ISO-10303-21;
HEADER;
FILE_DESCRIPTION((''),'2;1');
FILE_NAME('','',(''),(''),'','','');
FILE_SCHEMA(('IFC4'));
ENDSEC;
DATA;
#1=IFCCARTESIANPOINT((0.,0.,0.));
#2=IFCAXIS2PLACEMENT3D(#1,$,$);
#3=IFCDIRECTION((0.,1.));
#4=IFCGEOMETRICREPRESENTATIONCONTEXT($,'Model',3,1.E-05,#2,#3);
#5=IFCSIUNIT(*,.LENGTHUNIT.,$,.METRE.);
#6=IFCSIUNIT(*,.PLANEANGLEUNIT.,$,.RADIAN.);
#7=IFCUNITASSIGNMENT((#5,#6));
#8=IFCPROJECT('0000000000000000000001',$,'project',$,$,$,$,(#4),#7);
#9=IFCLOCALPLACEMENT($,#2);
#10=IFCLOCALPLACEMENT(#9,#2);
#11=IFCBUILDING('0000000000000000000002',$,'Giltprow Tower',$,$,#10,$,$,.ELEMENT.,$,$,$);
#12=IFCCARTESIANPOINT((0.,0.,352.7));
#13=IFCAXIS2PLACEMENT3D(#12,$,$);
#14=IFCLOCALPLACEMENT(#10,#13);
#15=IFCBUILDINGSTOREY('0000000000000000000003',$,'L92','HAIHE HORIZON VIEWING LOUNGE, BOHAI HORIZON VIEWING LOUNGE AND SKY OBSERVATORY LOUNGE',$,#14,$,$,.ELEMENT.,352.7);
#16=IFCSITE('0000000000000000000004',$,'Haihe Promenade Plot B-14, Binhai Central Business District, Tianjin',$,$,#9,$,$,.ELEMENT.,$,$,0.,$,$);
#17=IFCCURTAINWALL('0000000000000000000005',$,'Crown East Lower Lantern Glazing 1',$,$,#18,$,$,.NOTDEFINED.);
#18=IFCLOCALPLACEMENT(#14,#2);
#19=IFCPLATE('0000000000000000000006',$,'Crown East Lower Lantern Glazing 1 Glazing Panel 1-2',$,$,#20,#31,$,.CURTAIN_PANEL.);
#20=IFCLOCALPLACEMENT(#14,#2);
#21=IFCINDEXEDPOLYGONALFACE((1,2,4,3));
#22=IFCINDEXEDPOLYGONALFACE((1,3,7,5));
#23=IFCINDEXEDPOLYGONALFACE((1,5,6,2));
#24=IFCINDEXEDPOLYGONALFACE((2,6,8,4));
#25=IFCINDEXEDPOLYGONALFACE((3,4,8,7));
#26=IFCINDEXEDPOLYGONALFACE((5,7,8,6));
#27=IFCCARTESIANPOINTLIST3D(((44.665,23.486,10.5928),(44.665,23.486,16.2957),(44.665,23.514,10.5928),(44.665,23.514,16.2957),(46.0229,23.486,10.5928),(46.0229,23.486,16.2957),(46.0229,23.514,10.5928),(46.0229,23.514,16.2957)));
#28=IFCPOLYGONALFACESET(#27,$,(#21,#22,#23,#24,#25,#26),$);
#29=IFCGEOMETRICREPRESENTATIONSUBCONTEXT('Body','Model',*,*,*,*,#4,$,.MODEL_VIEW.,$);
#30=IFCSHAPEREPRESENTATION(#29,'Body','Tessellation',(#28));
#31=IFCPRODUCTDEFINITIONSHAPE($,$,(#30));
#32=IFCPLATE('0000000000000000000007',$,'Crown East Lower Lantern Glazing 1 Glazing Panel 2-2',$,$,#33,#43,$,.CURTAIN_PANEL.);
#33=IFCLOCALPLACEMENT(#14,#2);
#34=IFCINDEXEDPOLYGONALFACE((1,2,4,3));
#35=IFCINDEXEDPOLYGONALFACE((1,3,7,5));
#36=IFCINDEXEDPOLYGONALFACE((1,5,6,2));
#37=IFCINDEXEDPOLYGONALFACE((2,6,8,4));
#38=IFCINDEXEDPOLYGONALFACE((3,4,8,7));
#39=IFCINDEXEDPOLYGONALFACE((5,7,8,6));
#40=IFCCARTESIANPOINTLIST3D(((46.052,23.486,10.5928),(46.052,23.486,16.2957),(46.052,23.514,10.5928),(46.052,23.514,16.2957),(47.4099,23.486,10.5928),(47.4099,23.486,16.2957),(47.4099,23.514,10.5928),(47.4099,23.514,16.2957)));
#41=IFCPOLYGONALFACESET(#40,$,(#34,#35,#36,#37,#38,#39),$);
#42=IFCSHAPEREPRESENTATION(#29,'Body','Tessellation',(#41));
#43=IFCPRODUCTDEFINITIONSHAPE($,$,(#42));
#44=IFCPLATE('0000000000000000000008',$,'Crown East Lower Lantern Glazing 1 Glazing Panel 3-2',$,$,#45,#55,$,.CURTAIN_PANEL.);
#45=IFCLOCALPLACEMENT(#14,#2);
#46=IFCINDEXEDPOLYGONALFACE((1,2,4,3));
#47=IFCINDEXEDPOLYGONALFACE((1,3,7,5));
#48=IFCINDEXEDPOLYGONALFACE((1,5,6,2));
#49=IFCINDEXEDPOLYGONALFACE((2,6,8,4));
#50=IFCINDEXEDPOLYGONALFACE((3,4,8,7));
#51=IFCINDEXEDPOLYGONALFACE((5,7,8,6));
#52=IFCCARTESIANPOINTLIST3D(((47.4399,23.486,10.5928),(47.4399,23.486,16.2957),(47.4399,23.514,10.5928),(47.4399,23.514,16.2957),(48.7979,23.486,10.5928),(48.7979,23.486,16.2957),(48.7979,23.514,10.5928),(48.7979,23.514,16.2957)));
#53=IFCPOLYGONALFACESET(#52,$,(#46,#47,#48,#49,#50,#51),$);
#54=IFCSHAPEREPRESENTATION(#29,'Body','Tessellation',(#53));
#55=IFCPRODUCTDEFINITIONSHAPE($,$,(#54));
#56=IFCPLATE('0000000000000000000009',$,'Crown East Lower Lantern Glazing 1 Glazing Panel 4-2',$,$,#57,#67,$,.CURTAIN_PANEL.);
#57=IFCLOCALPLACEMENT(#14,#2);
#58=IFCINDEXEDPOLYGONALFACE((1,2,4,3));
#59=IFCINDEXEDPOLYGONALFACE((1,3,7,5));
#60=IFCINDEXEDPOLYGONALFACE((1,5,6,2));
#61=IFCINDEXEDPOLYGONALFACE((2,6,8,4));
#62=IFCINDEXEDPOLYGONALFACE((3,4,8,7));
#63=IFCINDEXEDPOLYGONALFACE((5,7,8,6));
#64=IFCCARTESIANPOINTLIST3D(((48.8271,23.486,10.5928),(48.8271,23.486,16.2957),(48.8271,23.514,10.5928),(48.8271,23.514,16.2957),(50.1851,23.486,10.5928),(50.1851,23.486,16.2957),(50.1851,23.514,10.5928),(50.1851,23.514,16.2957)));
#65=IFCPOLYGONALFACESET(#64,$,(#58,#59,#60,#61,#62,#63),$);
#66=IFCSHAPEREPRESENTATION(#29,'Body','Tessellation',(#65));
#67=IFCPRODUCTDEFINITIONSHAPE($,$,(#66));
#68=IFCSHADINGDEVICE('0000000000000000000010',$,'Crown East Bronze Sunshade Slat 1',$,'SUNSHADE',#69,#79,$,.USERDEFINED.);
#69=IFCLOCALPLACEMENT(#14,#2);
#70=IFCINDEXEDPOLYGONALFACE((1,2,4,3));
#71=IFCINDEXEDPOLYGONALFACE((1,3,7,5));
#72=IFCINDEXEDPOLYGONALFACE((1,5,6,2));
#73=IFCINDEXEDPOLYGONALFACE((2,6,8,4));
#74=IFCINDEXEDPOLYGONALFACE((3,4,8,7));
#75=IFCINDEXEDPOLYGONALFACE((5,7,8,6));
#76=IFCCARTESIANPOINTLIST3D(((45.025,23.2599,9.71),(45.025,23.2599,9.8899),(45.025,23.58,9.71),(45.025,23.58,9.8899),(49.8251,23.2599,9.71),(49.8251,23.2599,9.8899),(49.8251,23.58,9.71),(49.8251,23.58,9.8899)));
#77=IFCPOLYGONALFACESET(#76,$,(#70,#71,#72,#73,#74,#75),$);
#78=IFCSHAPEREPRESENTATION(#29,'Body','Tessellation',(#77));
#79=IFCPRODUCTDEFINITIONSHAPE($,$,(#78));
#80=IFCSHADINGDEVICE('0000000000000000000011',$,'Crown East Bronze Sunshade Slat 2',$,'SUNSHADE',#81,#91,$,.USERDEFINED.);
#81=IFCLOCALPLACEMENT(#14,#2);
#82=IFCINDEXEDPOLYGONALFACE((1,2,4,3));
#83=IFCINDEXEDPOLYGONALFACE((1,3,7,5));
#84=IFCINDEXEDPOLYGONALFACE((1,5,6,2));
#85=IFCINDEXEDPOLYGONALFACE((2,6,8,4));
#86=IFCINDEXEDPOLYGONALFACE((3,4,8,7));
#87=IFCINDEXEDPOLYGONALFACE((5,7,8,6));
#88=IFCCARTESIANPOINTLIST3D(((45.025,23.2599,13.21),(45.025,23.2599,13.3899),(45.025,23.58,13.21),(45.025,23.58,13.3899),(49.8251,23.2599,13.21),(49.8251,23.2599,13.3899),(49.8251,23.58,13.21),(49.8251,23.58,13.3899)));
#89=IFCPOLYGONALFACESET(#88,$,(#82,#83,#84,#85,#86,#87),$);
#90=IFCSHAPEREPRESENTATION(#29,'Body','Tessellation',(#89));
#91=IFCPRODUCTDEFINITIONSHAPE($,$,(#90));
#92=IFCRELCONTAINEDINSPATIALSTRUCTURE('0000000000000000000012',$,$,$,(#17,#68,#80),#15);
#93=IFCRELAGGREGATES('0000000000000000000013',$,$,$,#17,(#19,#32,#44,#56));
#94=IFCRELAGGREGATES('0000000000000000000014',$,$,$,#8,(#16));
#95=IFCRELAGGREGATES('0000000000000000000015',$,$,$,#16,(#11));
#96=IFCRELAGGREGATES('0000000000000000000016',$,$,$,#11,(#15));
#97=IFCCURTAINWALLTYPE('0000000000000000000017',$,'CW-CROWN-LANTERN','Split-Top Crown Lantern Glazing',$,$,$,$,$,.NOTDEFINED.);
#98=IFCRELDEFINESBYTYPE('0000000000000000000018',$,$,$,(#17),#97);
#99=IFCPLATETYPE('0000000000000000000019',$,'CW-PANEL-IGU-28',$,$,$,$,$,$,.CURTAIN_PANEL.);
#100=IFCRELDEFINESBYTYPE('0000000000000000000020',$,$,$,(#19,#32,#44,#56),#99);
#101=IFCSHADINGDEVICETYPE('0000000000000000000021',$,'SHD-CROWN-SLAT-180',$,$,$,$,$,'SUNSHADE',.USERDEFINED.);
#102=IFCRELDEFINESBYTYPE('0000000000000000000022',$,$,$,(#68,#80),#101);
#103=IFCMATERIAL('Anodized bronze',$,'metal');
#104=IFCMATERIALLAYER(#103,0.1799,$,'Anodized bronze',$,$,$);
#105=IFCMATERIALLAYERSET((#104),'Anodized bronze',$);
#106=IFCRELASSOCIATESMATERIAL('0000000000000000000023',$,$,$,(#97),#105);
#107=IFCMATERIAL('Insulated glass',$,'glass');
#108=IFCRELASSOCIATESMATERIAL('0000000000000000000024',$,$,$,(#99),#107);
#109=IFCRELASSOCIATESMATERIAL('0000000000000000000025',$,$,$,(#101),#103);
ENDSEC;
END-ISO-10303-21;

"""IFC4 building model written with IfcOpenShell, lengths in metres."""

from ifc_helpers import new_model, si_unit, direction, frame, origin, origin_2d, place, context, subcontext, project, spatial, rectangle, extrude, source, transform, mapped, material, layer, layer_set, type_object, element, aggregate, save


model = new_model("IFC4")

# Units and contexts
model_context = context("Model", 3, precision=1e-05, world=origin(), true_north=direction((0.0, 1.0)))
body_context = subcontext(model_context, "Body", "Model", "MODEL_VIEW")
ifc_project = project(units=[si_unit("LENGTHUNIT", "METRE"), si_unit("PLANEANGLEUNIT", "RADIAN")], contexts=[model_context])

# Site, building, storey
site_placement = place(None, origin())
site = spatial("IfcSite", under=ifc_project, at=site_placement, Name="Haihe Promenade Plot B-14, Binhai Central Business District, Tianjin", CompositionType="ELEMENT", RefElevation=0.0)
building_placement = place(site_placement, origin())
building = spatial("IfcBuilding", under=site, at=building_placement, Name="Giltprow Tower", CompositionType="ELEMENT")
storey_placement = place(building_placement, frame((0.0, 0.0, 352.7)))
storey = spatial("IfcBuildingStorey", under=building, at=storey_placement, Name="L92", Description="HAIHE HORIZON VIEWING LOUNGE, BOHAI HORIZON VIEWING LOUNGE AND SKY OBSERVATORY LOUNGE", CompositionType="ELEMENT", Elevation=352.7)

# Shared definitions
ifc_material_1 = material(Name="Anodized bronze", Category="metal")
ifc_layer = layer(ifc_material_1, 0.1799, Name="Anodized bronze")
ifc_layer_set = layer_set([ifc_layer], Name="Anodized bronze")
curtain_wall_type = type_object("IfcCurtainWallType", Name="CW-CROWN-LANTERN", Description="Split-Top Crown Lantern Glazing", PredefinedType="NOTDEFINED", material=ifc_layer_set)

# Curtain wall
curtain_wall_1_placement = place(storey_placement, origin())
curtain_wall_1 = element("IfcCurtainWall", 1, at=curtain_wall_1_placement, inside=storey, type_object=curtain_wall_type, Name="Crown East Lower Lantern Glazing 1", PredefinedType="NOTDEFINED")

# Shared definitions
ifc_material_2 = material(Name="Insulated glass", Category="glass")
plate_type = type_object("IfcPlateType", Name="CW-PANEL-IGU-28", PredefinedType="CURTAIN_PANEL", material=ifc_material_2)

# Plates
shared_shape_1 = source(origin(), body_context, "Body", "SweptSolid", [
    extrude(rectangle(XDim=1.3579, YDim=0.0281, at=origin_2d()), origin(), (0.0, 0.0, 1.0), 5.7029),
])
plate_1_placement = place(storey_placement, frame((45.344, 23.5, 10.5928), z_axis=(0.0, 0.0, 1.0), x_axis=(1.0, 0.0, 0.0)))
plate_1 = element("IfcPlate", 2, at=plate_1_placement, type_object=plate_type, Name="Crown East Lower Lantern Glazing 1 Glazing Panel 1-2", PredefinedType="CURTAIN_PANEL", context=body_context, shape_type="MappedRepresentation", body=[
    mapped(shared_shape_1, transform((0.0, 0.0, 0.0), x_axis=(1.0, 0.0, 0.0), y_axis=(0.0, 1.0, 0.0), z_axis=(0.0, 0.0, 1.0), scale=1.0)),
])
plate_2_placement = place(storey_placement, frame((46.731, 23.5, 10.5928), z_axis=(0.0, 0.0, 1.0), x_axis=(1.0, 0.0, 0.0)))
plate_2 = element("IfcPlate", 3, at=plate_2_placement, type_object=plate_type, Name="Crown East Lower Lantern Glazing 1 Glazing Panel 2-2", PredefinedType="CURTAIN_PANEL", context=body_context, shape_type="MappedRepresentation", body=[
    mapped(shared_shape_1, transform((0.0, 0.0, 0.0), x_axis=(1.0, 0.0, 0.0), y_axis=(0.0, 1.0, 0.0), z_axis=(0.0, 0.0, 1.0), scale=1.0)),
])
plate_3_placement = place(storey_placement, frame((48.1189, 23.5, 10.5928), z_axis=(0.0, 0.0, 1.0), x_axis=(1.0, 0.0, 0.0)))
plate_3 = element("IfcPlate", 4, at=plate_3_placement, type_object=plate_type, Name="Crown East Lower Lantern Glazing 1 Glazing Panel 3-2", PredefinedType="CURTAIN_PANEL", context=body_context, shape_type="MappedRepresentation", body=[
    mapped(shared_shape_1, transform((0.0, 0.0, 0.0), x_axis=(1.0, 0.0, 0.0), y_axis=(0.0, 1.0, 0.0), z_axis=(0.0, 0.0, 1.0), scale=1.0)),
])
plate_4_placement = place(storey_placement, frame((49.5061, 23.5, 10.5928), z_axis=(0.0, 0.0, 1.0), x_axis=(1.0, 0.0, 0.0)))
plate_4 = element("IfcPlate", 5, at=plate_4_placement, type_object=plate_type, Name="Crown East Lower Lantern Glazing 1 Glazing Panel 4-2", PredefinedType="CURTAIN_PANEL", context=body_context, shape_type="MappedRepresentation", body=[
    mapped(shared_shape_1, transform((0.0, 0.0, 0.0), x_axis=(1.0, 0.0, 0.0), y_axis=(0.0, 1.0, 0.0), z_axis=(0.0, 0.0, 1.0), scale=1.0)),
])
aggregate(curtain_wall_1, [plate_1, plate_2, plate_3, plate_4])

# Shading devices
shading_device_type = type_object("IfcShadingDeviceType", Name="SHD-CROWN-SLAT-180", ElementType="SUNSHADE", PredefinedType="USERDEFINED", material=ifc_material_1)
shared_shape_2 = source(origin(), body_context, "Body", "SweptSolid", [
    extrude(rectangle(XDim=4.8, YDim=0.3201, at=origin_2d()), origin(), (0.0, 0.0, 1.0), 0.1799),
])
for number, where, z_axis, x_axis, name in (
    (6, (47.425, 23.4199, 9.71), (0.0, 0.0, 1.0), (1.0, 0.0, 0.0), "Crown East Bronze Sunshade Slat 1"),
    (7, (47.425, 23.4199, 13.21), (0.0, 0.0, 1.0), (1.0, 0.0, 0.0), "Crown East Bronze Sunshade Slat 2"),
):
    element("IfcShadingDevice", number, at=place(storey_placement, frame(where, z_axis=z_axis, x_axis=x_axis)), inside=storey, type_object=shading_device_type, Name=name, ObjectType="SUNSHADE", PredefinedType="USERDEFINED", context=body_context, shape_type="MappedRepresentation", body=[
        mapped(shared_shape_2, transform((0.0, 0.0, 0.0), x_axis=(1.0, 0.0, 0.0), y_axis=(0.0, 1.0, 0.0), z_axis=(0.0, 0.0, 1.0), scale=1.0)),
    ])

save(model, "model.ifc")
